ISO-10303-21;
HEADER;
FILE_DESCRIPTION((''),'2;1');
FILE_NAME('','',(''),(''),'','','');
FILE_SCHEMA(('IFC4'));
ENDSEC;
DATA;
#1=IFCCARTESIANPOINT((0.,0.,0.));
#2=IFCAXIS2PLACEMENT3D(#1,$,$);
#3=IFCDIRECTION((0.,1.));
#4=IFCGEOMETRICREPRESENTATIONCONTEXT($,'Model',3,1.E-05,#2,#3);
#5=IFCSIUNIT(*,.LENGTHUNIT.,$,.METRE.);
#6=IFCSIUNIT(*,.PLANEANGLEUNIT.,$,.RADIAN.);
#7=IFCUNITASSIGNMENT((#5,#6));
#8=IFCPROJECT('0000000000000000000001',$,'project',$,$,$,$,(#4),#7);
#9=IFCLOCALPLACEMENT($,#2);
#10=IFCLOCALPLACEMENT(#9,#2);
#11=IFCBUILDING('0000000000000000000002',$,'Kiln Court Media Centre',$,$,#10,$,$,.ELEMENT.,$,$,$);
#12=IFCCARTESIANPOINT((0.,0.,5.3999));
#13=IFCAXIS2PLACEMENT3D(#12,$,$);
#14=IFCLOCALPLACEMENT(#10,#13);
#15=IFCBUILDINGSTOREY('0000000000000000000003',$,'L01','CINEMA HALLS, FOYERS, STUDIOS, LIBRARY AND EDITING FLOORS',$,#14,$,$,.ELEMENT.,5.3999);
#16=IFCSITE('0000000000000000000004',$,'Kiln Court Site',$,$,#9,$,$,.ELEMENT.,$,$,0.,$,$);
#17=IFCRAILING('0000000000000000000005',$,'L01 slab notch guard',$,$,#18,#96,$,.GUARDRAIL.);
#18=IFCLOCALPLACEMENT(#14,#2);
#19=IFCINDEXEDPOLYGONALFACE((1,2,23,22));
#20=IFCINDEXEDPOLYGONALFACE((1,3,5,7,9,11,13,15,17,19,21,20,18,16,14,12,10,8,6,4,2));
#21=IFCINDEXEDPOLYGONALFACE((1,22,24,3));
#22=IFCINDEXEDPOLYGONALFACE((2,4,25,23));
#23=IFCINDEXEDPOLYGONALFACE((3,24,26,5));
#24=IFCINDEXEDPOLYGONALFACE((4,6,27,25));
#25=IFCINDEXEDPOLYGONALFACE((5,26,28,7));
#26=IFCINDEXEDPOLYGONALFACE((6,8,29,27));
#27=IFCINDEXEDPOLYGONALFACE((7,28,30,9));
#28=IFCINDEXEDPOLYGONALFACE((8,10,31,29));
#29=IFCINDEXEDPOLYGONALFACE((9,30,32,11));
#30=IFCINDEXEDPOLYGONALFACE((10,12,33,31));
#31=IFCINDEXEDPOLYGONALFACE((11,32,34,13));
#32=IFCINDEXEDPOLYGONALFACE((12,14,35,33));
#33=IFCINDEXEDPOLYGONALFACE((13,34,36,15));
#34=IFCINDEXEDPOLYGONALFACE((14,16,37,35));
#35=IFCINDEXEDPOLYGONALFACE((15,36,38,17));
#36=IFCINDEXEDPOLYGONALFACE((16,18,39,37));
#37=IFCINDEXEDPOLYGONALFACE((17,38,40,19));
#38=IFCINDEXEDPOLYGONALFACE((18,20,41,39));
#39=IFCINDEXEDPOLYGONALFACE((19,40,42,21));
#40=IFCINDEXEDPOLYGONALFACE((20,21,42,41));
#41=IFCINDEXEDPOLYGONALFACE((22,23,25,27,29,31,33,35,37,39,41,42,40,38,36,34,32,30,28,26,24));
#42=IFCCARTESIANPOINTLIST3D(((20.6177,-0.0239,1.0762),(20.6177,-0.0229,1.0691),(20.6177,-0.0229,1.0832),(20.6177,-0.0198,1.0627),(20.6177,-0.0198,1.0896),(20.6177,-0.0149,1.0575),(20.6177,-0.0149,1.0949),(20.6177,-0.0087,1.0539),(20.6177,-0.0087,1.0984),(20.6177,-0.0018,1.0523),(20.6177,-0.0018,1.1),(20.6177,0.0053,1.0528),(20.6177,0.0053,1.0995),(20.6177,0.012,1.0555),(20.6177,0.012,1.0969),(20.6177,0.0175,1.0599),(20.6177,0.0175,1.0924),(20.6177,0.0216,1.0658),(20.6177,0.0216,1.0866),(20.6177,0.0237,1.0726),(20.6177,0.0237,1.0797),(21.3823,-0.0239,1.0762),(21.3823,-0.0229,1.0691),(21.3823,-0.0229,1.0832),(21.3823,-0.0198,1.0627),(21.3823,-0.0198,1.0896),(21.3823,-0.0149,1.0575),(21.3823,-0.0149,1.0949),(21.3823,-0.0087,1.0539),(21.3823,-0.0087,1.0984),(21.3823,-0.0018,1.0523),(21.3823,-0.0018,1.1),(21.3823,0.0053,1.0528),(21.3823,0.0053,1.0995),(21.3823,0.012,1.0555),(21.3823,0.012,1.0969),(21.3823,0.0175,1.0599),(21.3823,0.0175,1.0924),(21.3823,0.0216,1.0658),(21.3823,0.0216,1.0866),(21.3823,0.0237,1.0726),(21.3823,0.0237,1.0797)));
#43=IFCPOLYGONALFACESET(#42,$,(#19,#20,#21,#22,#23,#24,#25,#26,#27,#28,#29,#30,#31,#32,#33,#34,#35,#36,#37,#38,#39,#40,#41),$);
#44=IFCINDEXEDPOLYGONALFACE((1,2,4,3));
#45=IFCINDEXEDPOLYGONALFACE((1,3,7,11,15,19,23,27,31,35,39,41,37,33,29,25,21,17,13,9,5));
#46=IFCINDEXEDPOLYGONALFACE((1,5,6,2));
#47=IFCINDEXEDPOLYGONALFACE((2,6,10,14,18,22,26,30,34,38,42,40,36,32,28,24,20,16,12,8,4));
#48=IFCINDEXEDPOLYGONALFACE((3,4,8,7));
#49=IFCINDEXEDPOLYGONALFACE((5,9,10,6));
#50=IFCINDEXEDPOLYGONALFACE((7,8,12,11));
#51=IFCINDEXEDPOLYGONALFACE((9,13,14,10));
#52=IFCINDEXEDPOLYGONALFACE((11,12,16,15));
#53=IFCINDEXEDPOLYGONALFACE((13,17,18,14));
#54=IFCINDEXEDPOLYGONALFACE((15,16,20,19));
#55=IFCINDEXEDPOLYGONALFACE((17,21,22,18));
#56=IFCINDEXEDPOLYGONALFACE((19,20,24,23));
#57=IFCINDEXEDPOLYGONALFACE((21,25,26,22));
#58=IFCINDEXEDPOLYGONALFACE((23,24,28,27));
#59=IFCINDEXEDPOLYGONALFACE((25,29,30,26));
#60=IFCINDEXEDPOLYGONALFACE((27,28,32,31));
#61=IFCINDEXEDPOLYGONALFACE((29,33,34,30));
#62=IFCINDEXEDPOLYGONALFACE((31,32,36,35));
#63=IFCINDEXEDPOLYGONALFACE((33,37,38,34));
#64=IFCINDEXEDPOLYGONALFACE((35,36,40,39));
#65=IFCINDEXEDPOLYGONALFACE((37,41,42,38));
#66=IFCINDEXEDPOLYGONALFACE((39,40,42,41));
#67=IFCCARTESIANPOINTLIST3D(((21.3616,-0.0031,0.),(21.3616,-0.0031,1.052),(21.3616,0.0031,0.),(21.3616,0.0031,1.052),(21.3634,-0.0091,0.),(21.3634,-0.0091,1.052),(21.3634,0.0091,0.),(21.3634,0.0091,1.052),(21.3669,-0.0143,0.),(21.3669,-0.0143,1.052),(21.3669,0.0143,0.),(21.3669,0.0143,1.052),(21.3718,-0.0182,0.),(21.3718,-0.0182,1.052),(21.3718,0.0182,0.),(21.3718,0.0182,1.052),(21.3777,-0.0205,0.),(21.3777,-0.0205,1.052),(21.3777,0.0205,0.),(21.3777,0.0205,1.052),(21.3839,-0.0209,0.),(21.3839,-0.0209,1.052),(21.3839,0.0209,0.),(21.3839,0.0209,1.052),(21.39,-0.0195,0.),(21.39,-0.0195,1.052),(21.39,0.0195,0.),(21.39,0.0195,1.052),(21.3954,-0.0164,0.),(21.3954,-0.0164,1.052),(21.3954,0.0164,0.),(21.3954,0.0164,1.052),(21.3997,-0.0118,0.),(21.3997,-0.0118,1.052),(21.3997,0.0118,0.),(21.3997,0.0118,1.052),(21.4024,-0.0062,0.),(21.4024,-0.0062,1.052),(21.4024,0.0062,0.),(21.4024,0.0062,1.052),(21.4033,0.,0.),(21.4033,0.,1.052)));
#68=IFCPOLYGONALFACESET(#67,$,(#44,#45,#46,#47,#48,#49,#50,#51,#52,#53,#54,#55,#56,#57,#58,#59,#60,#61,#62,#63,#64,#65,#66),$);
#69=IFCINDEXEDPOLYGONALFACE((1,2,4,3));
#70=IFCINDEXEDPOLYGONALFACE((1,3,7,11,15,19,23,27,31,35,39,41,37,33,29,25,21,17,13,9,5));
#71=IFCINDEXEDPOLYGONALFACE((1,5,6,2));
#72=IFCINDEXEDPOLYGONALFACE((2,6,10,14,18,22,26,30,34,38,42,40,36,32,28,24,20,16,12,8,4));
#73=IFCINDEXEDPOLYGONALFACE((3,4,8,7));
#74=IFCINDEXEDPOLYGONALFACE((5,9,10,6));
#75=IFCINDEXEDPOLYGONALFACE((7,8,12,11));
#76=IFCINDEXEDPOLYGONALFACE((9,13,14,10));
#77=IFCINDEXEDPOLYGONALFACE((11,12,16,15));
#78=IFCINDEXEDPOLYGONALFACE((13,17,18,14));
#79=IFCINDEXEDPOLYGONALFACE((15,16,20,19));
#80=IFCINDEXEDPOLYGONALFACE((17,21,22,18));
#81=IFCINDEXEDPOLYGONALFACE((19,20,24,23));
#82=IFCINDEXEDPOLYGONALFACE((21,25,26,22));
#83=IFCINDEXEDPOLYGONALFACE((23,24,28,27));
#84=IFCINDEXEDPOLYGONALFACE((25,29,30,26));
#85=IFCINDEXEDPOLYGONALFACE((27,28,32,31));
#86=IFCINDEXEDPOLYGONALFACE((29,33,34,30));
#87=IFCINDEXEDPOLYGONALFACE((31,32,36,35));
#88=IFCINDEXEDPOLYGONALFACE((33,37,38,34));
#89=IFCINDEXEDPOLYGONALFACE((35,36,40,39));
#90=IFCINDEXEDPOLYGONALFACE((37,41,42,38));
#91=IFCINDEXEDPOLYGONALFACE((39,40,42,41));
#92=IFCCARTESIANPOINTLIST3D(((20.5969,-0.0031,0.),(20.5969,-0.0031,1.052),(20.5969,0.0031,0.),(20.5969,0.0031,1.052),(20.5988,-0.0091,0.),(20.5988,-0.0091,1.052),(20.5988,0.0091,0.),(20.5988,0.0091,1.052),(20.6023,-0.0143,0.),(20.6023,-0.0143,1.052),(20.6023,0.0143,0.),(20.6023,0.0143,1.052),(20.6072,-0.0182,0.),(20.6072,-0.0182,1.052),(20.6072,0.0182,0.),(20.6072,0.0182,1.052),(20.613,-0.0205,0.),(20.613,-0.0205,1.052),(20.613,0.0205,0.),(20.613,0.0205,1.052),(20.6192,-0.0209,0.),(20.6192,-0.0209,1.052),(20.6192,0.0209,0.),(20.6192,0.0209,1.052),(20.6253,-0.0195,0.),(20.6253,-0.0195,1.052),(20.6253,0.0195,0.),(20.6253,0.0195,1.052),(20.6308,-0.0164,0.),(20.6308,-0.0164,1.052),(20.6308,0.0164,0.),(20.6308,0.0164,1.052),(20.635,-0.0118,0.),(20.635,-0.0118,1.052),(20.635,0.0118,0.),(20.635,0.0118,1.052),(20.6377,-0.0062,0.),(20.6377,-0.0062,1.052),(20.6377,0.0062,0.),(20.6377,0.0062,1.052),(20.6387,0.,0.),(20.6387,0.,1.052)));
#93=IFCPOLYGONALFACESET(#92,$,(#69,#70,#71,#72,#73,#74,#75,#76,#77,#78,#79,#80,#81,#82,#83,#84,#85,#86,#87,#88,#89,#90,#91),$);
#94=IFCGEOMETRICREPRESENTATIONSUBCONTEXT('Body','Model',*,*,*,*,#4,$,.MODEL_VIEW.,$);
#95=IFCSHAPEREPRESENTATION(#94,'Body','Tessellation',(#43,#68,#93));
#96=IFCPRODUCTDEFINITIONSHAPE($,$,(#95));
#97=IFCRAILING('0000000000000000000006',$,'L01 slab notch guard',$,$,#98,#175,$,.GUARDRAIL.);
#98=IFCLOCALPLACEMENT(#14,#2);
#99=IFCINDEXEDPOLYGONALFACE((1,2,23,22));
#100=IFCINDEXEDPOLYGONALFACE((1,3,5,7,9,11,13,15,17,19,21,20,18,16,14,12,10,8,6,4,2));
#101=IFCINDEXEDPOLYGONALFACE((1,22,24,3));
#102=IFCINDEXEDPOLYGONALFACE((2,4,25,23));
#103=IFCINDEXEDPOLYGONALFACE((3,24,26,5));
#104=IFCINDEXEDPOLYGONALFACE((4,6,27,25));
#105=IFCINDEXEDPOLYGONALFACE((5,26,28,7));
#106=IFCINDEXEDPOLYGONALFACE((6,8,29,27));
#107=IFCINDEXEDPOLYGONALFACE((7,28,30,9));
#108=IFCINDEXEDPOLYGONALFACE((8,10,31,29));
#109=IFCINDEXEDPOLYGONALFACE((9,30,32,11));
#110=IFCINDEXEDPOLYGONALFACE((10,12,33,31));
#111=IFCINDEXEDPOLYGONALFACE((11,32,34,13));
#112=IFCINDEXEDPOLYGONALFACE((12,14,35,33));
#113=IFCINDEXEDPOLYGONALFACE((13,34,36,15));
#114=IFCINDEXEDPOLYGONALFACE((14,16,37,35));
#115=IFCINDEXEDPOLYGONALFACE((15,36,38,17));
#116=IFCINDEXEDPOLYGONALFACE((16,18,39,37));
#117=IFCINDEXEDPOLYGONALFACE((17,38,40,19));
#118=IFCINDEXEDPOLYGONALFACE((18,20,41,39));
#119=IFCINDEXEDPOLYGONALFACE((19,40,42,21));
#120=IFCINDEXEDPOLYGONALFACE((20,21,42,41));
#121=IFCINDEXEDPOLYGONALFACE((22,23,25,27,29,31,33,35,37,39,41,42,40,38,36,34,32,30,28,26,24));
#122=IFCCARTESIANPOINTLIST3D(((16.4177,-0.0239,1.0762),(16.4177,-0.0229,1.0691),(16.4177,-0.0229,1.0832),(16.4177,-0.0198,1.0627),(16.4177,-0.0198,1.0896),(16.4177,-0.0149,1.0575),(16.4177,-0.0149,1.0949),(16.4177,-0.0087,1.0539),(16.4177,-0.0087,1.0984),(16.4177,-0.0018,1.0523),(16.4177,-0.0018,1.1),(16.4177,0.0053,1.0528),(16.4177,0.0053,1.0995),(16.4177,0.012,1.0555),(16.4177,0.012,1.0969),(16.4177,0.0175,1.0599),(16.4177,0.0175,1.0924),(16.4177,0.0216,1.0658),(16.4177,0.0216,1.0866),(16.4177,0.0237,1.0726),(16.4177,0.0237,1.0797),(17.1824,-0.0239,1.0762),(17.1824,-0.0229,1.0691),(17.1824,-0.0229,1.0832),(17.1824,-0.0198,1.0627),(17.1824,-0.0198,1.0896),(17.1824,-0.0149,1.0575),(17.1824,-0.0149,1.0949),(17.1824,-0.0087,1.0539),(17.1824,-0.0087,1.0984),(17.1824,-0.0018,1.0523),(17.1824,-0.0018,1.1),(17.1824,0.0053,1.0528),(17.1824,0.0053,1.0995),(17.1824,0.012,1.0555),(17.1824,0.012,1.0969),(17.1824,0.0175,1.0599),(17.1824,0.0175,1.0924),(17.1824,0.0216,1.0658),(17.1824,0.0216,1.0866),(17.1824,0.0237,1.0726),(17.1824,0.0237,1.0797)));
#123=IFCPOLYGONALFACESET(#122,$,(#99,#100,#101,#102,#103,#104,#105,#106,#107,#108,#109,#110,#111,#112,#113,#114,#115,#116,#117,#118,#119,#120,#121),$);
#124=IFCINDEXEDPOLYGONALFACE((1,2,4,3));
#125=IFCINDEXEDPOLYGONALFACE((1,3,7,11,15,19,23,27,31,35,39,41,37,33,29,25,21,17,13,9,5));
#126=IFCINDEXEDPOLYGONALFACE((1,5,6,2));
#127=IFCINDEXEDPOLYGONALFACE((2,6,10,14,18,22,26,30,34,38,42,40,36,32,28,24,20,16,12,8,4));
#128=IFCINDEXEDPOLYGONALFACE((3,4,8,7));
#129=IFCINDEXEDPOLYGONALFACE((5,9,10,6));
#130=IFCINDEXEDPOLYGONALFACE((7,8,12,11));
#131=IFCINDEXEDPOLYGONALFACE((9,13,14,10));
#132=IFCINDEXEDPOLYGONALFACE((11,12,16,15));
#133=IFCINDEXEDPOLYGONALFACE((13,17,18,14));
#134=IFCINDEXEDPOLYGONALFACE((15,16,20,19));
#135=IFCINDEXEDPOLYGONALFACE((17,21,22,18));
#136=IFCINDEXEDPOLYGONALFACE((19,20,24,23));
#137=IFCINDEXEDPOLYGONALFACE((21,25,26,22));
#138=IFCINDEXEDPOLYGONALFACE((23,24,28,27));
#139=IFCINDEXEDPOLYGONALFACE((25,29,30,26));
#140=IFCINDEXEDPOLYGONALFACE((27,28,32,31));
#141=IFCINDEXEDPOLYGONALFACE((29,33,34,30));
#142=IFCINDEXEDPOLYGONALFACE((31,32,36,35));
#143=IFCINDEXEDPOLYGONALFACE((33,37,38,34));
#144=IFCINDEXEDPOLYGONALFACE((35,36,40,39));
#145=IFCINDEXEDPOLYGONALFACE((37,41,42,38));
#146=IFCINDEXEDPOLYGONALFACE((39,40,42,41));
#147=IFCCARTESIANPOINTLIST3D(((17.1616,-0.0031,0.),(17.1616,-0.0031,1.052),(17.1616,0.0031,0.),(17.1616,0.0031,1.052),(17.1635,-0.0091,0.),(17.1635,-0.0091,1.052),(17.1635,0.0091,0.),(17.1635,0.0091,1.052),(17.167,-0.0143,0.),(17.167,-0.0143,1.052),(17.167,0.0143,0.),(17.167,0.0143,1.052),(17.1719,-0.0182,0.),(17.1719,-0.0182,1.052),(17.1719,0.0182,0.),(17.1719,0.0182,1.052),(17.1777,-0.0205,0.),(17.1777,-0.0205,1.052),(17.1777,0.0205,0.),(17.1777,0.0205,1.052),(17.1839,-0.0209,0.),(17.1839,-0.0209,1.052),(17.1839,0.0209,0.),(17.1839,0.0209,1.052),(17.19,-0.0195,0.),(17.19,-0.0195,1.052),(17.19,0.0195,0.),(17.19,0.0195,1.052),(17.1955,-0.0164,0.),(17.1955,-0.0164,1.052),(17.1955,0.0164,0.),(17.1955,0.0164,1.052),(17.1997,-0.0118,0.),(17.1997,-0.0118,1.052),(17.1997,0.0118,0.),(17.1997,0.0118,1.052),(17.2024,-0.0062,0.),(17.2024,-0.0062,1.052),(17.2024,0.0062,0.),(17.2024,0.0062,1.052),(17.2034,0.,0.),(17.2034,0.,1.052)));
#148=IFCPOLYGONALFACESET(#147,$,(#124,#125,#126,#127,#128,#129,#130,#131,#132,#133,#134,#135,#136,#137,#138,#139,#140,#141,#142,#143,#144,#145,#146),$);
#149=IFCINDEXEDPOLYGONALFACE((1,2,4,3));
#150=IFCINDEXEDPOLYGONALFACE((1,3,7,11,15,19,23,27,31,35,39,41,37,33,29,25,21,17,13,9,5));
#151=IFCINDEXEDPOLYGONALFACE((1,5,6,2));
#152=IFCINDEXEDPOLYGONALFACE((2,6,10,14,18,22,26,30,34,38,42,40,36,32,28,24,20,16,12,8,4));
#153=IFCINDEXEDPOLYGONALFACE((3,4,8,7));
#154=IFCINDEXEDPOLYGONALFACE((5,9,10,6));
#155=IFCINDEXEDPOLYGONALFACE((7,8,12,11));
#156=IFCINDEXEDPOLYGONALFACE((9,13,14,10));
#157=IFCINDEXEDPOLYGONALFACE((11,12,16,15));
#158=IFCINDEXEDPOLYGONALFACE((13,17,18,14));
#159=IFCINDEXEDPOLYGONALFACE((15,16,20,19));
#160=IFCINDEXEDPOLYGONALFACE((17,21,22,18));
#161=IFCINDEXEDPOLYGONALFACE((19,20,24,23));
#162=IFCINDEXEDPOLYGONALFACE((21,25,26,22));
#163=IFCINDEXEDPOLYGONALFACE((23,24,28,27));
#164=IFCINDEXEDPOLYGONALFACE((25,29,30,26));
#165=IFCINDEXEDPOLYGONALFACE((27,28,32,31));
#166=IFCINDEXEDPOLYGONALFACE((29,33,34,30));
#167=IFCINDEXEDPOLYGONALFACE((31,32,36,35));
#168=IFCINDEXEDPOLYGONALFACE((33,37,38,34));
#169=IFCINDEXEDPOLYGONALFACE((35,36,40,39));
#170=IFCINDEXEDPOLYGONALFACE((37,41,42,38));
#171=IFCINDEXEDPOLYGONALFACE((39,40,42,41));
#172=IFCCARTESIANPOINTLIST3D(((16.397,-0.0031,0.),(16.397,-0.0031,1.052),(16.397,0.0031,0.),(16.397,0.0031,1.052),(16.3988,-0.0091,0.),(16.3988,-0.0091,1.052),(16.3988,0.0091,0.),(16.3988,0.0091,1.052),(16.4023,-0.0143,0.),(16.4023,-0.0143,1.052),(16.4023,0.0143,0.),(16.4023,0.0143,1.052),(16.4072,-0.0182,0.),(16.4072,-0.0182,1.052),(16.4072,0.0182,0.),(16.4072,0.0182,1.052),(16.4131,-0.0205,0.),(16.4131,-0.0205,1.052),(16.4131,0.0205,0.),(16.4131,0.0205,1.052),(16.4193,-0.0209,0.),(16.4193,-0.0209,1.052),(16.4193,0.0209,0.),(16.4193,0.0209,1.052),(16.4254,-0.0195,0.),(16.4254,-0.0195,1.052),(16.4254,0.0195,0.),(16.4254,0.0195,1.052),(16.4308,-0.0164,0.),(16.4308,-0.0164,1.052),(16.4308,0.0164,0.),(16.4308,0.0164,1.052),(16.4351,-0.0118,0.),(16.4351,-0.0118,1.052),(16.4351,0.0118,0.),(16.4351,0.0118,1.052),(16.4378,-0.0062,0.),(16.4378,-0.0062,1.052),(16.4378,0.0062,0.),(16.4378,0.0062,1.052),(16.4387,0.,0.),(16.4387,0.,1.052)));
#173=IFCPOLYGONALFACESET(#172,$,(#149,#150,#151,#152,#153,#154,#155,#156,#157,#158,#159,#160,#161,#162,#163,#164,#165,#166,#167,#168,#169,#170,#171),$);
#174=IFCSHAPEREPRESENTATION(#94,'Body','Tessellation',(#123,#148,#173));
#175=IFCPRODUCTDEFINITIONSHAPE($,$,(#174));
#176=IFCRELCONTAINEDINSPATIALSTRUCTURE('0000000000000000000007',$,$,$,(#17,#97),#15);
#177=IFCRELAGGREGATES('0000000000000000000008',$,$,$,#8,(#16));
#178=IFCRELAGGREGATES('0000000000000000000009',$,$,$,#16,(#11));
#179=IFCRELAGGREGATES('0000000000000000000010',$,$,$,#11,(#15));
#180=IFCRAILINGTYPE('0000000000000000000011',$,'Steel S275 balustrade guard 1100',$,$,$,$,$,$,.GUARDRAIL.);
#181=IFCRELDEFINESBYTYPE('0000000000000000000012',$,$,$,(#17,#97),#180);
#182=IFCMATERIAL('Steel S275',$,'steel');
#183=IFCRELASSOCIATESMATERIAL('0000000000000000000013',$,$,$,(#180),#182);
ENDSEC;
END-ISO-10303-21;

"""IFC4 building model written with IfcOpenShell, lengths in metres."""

from ifc_helpers import new_model, si_unit, direction, frame, origin, origin_2d, place, context, subcontext, project, spatial, circle, extrude, material, type_object, element, save


model = new_model("IFC4")

# Units and contexts
model_context = context("Model", 3, precision=1e-05, world=origin(), true_north=direction((0.0, 1.0)))
body_context = subcontext(model_context, "Body", "Model", "MODEL_VIEW")
ifc_project = project(units=[si_unit("LENGTHUNIT", "METRE"), si_unit("PLANEANGLEUNIT", "RADIAN")], contexts=[model_context])

# Site, building, storey
site_placement = place(None, origin())
site = spatial("IfcSite", under=ifc_project, at=site_placement, Name="Kiln Court Site", CompositionType="ELEMENT", RefElevation=0.0)
building_placement = place(site_placement, origin())
building = spatial("IfcBuilding", under=site, at=building_placement, Name="Kiln Court Media Centre", CompositionType="ELEMENT")
storey_placement = place(building_placement, frame((0.0, 0.0, 5.3999)))
storey = spatial("IfcBuildingStorey", under=building, at=storey_placement, Name="L01", Description="CINEMA HALLS, FOYERS, STUDIOS, LIBRARY AND EDITING FLOORS", CompositionType="ELEMENT", Elevation=5.3999)

# Railings
ifc_material_1 = material(Name="Steel S275", Category="steel")
railing_type = type_object("IfcRailingType", Name="Steel S275 balustrade guard 1100", PredefinedType="GUARDRAIL", material=ifc_material_1)
for number, where, name in (
    (1, (21.3823, 0.0, 0.0), "L01 slab notch guard"),
    (2, (17.1824, 0.0, 0.0), "L01 slab notch guard"),
):
    element("IfcRailing", number, at=place(storey_placement, frame(where)), inside=storey, type_object=railing_type, Name=name, PredefinedType="GUARDRAIL", context=body_context, shape_type="SweptSolid", body=[
        extrude(circle(Radius=0.0239, at=origin_2d()), frame((0.0, 0.0, 1.0762), z_axis=(-1.0, 0.0, 0.0), x_axis=(0.0, -1.0, 0.0)), (0.0, 0.0, 1.0), 0.7646),
        extrude(circle(Radius=0.021, at=origin_2d()), origin(), (0.0, 0.0, 1.0), 1.052),
        extrude(circle(Radius=0.021, at=origin_2d()), frame((-0.7646, 0.0, 0.0)), (0.0, 0.0, 1.0), 1.052),
    ])

save(model, "model.ifc")
